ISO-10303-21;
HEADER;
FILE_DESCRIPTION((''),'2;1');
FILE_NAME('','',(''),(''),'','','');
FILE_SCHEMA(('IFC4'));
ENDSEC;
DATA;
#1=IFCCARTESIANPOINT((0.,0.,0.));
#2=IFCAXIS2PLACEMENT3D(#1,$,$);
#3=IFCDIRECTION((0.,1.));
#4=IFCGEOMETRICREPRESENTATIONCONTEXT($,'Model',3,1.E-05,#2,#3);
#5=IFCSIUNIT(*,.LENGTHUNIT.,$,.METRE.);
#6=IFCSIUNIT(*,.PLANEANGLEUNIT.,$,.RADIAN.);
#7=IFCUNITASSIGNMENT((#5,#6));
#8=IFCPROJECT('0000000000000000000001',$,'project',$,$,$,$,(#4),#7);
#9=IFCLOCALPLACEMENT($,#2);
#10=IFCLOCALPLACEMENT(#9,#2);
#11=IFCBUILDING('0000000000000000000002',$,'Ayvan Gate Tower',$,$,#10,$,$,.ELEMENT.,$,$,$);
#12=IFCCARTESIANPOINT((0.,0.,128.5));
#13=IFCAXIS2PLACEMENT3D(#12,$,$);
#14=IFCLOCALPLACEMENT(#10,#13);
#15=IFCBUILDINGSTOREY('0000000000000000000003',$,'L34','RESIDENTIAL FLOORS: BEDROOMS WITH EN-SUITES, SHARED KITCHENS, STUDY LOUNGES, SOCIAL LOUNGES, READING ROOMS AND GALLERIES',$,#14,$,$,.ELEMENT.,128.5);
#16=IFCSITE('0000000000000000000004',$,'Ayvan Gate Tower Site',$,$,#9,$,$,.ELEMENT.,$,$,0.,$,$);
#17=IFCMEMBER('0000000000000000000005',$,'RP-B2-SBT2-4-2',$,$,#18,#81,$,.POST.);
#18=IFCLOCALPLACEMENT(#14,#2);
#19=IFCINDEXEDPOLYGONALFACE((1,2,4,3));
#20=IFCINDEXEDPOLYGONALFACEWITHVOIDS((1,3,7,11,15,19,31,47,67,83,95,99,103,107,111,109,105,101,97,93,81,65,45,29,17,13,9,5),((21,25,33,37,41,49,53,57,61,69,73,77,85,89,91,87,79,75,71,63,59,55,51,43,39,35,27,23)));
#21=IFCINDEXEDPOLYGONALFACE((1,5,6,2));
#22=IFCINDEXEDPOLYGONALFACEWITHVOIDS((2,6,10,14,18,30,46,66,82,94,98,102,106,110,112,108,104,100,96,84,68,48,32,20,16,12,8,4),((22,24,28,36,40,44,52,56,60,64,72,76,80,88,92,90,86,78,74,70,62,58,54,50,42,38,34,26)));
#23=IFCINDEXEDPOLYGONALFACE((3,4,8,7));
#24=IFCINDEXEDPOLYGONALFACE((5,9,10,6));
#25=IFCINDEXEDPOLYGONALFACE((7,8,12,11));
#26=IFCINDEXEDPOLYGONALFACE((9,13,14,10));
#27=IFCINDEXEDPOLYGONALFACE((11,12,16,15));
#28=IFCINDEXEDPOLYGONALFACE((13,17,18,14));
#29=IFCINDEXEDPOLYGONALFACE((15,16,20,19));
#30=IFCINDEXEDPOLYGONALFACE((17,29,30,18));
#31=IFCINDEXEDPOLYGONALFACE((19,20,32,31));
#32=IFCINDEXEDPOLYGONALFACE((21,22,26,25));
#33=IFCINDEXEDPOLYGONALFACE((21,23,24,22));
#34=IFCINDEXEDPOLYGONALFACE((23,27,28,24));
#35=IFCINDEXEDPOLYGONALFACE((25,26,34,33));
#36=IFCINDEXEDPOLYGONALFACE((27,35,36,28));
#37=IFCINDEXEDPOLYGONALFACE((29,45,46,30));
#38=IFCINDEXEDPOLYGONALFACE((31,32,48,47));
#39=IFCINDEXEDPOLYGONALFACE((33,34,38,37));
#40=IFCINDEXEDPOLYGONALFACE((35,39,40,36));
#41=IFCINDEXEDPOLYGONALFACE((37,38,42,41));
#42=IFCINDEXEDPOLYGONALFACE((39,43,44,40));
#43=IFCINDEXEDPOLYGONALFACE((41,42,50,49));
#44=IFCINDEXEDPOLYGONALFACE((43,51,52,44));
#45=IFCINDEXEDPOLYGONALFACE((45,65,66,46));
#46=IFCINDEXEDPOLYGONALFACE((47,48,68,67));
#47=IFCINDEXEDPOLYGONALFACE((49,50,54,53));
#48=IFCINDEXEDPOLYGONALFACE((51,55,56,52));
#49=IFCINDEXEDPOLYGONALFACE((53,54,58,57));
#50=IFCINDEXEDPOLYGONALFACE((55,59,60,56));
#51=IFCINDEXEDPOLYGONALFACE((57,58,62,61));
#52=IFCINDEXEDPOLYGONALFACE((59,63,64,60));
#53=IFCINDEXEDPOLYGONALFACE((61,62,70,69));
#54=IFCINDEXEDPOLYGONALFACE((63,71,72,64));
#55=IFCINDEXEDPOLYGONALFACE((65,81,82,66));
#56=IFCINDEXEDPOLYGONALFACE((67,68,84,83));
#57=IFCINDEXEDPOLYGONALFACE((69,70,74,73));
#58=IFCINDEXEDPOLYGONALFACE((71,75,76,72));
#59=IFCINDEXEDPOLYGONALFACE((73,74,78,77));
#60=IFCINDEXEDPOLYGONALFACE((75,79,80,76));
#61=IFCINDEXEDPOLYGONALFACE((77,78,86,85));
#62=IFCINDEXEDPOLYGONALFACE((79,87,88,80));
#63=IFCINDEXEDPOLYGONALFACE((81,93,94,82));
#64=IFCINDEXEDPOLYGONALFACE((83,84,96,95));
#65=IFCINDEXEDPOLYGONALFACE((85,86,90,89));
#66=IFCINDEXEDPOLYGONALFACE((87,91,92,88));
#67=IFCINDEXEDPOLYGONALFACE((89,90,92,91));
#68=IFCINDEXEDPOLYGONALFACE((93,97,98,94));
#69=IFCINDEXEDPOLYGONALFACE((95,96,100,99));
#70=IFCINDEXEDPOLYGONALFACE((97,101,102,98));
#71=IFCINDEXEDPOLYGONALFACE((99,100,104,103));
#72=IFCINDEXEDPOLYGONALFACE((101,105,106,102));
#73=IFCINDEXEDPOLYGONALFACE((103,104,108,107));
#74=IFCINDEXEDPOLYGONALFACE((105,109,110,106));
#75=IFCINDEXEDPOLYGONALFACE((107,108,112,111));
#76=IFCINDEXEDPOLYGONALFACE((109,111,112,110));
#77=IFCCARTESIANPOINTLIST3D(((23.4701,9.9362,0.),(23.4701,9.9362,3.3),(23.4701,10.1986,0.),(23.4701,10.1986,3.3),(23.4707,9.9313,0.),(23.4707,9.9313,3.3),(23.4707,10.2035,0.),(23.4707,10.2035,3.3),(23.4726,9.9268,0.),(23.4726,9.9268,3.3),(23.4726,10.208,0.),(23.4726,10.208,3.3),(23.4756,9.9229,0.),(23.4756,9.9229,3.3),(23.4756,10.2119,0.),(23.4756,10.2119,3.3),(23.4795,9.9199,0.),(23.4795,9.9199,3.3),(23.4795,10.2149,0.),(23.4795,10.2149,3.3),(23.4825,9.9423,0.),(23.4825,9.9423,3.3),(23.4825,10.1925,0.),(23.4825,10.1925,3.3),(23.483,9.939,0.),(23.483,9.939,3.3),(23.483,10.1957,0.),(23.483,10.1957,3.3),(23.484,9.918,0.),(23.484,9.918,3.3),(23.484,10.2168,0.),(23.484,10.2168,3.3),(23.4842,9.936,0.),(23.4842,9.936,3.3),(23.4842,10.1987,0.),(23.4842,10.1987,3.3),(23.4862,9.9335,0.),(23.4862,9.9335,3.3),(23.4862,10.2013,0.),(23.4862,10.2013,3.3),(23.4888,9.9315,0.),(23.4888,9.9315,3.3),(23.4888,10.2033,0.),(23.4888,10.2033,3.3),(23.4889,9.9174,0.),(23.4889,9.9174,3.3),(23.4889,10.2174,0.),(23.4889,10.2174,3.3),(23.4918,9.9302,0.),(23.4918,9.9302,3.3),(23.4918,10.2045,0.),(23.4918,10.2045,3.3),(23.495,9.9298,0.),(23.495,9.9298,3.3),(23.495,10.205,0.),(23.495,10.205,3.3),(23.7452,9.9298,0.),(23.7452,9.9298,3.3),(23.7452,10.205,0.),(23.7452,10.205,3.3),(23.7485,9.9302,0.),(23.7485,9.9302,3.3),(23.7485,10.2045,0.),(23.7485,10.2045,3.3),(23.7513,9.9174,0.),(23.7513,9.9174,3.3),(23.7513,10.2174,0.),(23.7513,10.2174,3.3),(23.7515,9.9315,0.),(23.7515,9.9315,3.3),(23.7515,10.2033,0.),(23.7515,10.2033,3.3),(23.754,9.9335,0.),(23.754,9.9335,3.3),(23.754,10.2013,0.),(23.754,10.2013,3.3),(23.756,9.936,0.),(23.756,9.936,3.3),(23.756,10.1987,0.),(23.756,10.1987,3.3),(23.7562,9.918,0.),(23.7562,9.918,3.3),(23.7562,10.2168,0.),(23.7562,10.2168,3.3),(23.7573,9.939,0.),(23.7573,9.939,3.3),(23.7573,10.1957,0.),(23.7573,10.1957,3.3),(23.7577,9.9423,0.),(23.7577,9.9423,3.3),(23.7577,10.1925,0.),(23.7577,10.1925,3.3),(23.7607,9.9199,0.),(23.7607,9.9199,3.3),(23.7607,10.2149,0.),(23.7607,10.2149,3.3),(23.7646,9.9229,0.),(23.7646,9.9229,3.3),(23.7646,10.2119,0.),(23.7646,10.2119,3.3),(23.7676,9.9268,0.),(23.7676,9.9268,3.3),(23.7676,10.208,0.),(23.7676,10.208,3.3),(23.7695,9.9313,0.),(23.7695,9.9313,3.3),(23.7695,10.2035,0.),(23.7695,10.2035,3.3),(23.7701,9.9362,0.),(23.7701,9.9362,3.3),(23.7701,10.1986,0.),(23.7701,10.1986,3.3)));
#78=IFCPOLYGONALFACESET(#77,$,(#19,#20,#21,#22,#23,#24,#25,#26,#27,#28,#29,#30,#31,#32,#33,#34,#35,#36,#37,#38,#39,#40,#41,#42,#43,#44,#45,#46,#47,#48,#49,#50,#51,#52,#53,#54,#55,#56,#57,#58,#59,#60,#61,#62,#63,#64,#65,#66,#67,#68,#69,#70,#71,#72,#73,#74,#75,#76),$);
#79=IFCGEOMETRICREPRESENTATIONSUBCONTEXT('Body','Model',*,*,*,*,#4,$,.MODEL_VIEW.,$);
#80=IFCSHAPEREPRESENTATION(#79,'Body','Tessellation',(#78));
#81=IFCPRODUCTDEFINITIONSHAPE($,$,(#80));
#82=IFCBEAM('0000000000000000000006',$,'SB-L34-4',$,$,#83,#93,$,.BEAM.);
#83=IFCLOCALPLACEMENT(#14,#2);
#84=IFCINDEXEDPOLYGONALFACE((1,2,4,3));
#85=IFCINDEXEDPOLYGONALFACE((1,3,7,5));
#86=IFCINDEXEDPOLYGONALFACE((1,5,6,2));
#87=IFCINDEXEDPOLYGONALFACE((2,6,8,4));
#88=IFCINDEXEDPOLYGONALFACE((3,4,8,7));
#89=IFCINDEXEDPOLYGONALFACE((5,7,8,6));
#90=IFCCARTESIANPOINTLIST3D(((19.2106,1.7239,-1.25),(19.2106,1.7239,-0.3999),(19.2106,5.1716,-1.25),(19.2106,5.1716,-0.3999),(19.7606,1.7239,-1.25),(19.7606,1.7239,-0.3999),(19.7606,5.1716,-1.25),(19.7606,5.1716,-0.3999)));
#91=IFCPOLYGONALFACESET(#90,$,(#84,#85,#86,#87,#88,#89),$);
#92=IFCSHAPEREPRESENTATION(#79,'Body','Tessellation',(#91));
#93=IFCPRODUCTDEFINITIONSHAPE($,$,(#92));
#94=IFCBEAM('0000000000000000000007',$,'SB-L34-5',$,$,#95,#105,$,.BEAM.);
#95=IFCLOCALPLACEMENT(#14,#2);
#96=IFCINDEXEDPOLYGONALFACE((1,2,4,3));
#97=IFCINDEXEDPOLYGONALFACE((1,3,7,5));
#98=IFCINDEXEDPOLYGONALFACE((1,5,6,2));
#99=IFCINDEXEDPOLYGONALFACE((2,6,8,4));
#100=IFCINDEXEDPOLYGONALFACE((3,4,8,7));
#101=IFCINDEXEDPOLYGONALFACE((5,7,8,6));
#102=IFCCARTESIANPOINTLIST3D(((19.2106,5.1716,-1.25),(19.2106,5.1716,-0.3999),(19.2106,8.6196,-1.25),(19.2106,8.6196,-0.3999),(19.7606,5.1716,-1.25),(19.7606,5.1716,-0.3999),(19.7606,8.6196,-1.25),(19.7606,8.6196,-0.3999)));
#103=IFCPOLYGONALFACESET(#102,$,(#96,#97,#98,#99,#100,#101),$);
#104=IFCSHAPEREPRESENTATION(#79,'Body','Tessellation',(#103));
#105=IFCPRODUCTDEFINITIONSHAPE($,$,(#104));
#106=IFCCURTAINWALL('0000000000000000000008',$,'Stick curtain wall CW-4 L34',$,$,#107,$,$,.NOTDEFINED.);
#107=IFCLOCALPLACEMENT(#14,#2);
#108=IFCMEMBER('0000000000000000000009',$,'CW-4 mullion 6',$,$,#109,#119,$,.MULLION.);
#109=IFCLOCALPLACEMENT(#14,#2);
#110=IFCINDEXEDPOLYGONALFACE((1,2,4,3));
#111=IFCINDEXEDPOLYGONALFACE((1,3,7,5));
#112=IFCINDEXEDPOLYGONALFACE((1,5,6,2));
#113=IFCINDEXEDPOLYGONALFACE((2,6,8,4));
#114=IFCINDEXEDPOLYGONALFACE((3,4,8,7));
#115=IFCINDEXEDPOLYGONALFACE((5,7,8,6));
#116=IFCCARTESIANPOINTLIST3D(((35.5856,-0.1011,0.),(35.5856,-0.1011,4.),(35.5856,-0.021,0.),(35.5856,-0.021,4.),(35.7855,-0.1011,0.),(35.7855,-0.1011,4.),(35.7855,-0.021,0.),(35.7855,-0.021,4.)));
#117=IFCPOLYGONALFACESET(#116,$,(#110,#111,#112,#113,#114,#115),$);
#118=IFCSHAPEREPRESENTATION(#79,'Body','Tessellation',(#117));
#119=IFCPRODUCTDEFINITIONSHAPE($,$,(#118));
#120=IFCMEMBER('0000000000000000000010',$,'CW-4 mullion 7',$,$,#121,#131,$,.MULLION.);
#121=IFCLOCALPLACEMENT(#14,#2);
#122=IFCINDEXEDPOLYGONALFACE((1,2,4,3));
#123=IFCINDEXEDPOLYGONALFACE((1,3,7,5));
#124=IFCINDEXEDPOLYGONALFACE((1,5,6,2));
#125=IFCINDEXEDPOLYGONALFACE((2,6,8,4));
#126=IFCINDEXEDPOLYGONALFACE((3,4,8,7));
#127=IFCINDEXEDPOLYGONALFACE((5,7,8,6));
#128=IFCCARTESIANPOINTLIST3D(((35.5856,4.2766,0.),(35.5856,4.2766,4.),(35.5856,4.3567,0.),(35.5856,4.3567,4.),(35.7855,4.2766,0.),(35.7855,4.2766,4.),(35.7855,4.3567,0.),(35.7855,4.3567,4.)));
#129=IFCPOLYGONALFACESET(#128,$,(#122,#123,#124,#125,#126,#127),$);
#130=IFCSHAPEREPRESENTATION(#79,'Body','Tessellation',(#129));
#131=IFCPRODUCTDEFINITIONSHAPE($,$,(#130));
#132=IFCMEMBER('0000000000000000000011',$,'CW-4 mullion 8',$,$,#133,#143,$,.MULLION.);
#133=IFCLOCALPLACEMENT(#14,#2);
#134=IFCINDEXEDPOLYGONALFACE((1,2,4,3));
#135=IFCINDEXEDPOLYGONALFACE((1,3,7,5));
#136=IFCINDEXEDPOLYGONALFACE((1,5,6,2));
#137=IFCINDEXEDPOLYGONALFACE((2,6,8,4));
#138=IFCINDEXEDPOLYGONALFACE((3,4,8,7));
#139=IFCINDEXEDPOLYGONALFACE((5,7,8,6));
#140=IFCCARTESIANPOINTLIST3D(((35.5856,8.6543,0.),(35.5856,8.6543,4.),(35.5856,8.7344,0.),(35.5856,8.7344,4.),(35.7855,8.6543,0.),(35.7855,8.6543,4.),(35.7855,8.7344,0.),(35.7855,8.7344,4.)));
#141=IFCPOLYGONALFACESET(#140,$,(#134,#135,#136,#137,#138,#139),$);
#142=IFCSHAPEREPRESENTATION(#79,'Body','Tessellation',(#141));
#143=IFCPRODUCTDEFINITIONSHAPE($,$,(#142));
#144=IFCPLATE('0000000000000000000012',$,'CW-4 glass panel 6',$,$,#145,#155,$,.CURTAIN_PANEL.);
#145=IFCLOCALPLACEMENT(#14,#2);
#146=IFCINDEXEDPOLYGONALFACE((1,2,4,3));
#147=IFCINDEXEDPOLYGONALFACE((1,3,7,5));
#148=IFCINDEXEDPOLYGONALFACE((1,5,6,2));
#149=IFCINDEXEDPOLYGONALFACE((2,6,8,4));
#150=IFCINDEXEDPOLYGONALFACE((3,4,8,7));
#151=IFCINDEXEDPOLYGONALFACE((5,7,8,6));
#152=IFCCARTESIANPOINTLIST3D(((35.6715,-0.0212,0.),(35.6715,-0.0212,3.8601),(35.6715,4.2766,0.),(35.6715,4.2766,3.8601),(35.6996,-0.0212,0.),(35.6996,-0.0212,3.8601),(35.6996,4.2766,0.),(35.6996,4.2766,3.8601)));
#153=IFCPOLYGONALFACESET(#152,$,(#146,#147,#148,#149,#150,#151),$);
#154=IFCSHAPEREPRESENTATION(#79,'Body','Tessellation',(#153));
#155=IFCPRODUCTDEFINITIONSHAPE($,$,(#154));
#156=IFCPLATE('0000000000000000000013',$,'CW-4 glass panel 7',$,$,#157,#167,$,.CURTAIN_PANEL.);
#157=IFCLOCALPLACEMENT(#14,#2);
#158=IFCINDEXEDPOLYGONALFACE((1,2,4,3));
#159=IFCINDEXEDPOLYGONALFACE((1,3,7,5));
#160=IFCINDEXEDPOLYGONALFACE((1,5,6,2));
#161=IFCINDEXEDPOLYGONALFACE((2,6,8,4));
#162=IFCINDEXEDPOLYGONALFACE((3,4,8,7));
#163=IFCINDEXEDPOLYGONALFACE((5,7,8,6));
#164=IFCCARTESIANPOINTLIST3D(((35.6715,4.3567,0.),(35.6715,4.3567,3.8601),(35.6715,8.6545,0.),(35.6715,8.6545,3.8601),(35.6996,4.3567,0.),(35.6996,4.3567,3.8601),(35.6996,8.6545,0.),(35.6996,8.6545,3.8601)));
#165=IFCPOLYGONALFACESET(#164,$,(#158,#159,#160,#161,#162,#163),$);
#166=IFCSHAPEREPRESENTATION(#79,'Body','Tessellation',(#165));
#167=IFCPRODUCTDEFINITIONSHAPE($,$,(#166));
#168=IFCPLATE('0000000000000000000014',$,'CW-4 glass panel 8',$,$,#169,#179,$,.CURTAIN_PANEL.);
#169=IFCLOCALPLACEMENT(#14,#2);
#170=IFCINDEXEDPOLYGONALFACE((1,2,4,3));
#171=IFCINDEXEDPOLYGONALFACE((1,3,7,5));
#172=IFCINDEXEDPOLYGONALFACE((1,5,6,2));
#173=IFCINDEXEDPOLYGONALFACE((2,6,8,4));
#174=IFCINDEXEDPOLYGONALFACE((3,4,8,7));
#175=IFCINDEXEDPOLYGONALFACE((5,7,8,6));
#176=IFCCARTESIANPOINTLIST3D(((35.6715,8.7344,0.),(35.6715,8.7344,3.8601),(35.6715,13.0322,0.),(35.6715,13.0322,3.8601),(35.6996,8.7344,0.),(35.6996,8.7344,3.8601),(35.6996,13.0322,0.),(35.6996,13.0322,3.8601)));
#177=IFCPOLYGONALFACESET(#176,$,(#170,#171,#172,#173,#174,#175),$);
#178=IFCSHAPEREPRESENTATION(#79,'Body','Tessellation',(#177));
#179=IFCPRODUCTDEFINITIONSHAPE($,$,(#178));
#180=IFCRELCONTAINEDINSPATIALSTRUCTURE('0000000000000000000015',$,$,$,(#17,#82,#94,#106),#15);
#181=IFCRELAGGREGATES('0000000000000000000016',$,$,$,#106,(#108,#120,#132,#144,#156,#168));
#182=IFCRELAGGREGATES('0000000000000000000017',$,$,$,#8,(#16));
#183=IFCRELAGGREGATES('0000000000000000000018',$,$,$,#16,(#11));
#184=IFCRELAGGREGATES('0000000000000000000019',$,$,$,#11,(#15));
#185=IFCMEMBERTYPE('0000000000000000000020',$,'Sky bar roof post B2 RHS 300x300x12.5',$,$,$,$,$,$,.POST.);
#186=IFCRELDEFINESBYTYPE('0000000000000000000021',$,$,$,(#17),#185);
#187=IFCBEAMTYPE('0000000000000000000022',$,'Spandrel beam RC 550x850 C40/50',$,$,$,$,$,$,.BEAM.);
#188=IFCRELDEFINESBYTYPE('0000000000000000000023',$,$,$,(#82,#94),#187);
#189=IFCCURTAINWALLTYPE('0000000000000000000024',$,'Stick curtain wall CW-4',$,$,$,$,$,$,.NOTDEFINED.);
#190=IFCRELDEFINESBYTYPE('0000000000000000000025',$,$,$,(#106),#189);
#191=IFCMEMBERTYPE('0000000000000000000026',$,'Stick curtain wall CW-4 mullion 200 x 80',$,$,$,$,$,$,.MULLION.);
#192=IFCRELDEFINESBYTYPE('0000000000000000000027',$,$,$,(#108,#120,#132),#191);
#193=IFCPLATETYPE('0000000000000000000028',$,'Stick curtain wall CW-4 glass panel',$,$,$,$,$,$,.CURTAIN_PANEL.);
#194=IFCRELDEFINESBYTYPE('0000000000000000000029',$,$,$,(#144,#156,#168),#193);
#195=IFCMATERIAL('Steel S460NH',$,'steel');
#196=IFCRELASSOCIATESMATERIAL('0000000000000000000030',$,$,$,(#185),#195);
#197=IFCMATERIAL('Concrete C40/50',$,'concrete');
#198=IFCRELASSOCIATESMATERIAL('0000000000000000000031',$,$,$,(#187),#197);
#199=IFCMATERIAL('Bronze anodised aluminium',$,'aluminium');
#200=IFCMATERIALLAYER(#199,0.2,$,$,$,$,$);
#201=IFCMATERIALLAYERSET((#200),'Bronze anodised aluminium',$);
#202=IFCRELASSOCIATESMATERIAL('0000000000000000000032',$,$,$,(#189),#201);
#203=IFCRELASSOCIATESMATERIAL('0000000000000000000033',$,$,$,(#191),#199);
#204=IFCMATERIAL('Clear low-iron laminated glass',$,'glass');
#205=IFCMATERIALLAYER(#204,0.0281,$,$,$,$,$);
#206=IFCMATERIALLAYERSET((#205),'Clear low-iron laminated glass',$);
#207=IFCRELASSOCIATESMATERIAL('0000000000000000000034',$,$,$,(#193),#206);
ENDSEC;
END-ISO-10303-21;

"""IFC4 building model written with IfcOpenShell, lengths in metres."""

from ifc_helpers import new_model, si_unit, direction, frame, origin, origin_2d, place, context, subcontext, project, spatial, rectangle, hollow_rectangle, extrude, material, layer, layer_set, material_profile, profile_set, type_object, element, aggregate, save


model = new_model("IFC4")

# Units and contexts
model_context = context("Model", 3, precision=1e-05, world=origin(), true_north=direction((0.0, 1.0)))
body_context = subcontext(model_context, "Body", "Model", "MODEL_VIEW")
ifc_project = project(units=[si_unit("LENGTHUNIT", "METRE"), si_unit("PLANEANGLEUNIT", "RADIAN")], contexts=[model_context])

# Site, building, storey
site_placement = place(None, origin())
site = spatial("IfcSite", under=ifc_project, at=site_placement, Name="Ayvan Gate Tower Site", CompositionType="ELEMENT", RefElevation=0.0)
building_placement = place(site_placement, origin())
building = spatial("IfcBuilding", under=site, at=building_placement, Name="Ayvan Gate Tower", CompositionType="ELEMENT")
storey_placement = place(building_placement, frame((0.0, 0.0, 128.5)))
storey = spatial("IfcBuildingStorey", under=building, at=storey_placement, Name="L34", Description="RESIDENTIAL FLOORS: BEDROOMS WITH EN-SUITES, SHARED KITCHENS, STUDY LOUNGES, SOCIAL LOUNGES, READING ROOMS AND GALLERIES", CompositionType="ELEMENT", Elevation=128.5)

# Shared definitions
ifc_material_1 = material(Name="Concrete C40/50", Category="concrete")

# Member
ifc_material_2 = material(Name="Steel S460NH", Category="steel")
ifc_material_profile_1 = material_profile(ifc_material_2, hollow_rectangle(XDim=0.3, YDim=0.3, WallThickness=0.0125, InnerFilletRadius=0.0125, OuterFilletRadius=0.0188, at=origin_2d()), Name="RHS 300x300x12.5")
ifc_profile_set_1 = profile_set([ifc_material_profile_1], Name="Steel S460NH")
member_type_1 = type_object("IfcMemberType", Name="Sky bar roof post B2 RHS 300x300x12.5", PredefinedType="POST", material=ifc_profile_set_1)
for number, where, z_axis, x_axis, name in (
    (1, (23.6201, 10.0674, 0.0), (0.0, 0.0, 1.0), (1.0, 0.0, 0.0), "RP-B2-SBT2-4-2"),
):
    element("IfcMember", number, at=place(storey_placement, frame(where, z_axis=z_axis, x_axis=x_axis)), inside=storey, type_object=member_type_1, Name=name, PredefinedType="POST", context=body_context, shape_type="SweptSolid", body=[
        extrude(hollow_rectangle(XDim=0.3, YDim=0.3, WallThickness=0.0125, InnerFilletRadius=0.0125, OuterFilletRadius=0.0188, at=origin_2d()), origin(), (0.0, 0.0, 1.0), 3.3),
    ])

# Beams
ifc_material_profile_2 = material_profile(ifc_material_1, rectangle(XDim=0.55, YDim=0.8501, at=origin_2d()), Name="RC 550x850")
ifc_profile_set_2 = profile_set([ifc_material_profile_2], Name="Concrete C40/50")
beam_type_1 = type_object("IfcBeamType", Name="Spandrel beam RC 550x850 C40/50", PredefinedType="BEAM", material=ifc_profile_set_2)
beam_1_placement = place(storey_placement, frame((19.4856, 1.7239, -0.825), z_axis=(0.0, 1.0, 0.0), x_axis=(-1.0, 0.0, 0.0)))
element("IfcBeam", 2, at=beam_1_placement, inside=storey, type_object=beam_type_1, Name="SB-L34-4", PredefinedType="BEAM", context=body_context, shape_type="SweptSolid", body=[
    extrude(rectangle(XDim=0.55, YDim=0.8501, at=origin_2d()), origin(), (0.0, 0.0, 1.0), 3.4478),
])
beam_2_placement = place(storey_placement, frame((19.4856, 5.1716, -0.825), z_axis=(0.0, 1.0, 0.0), x_axis=(-1.0, 0.0, 0.0)))
element("IfcBeam", 3, at=beam_2_placement, inside=storey, type_object=beam_type_1, Name="SB-L34-5", PredefinedType="BEAM", context=body_context, shape_type="SweptSolid", body=[
    extrude(rectangle(XDim=0.55, YDim=0.8501, at=origin_2d()), origin(), (0.0, 0.0, 1.0), 3.448),
])

# Curtain wall, members, plates
ifc_material_3 = material(Name="Bronze anodised aluminium", Category="aluminium")
ifc_layer_1 = layer(ifc_material_3, 0.2)
ifc_layer_set_1 = layer_set([ifc_layer_1], Name="Bronze anodised aluminium")
curtain_wall_type = type_object("IfcCurtainWallType", Name="Stick curtain wall CW-4", PredefinedType="NOTDEFINED", material=ifc_layer_set_1)
curtain_wall_placement = place(storey_placement, origin())
curtain_wall = element("IfcCurtainWall", 4, at=curtain_wall_placement, inside=storey, type_object=curtain_wall_type, Name="Stick curtain wall CW-4 L34", PredefinedType="NOTDEFINED")
ifc_material_profile_3 = material_profile(ifc_material_3, rectangle(XDim=0.2, YDim=0.0801, at=origin_2d()), Name="Stick curtain wall CW-4 mullion 200 x 80")
ifc_profile_set_3 = profile_set([ifc_material_profile_3], Name="Bronze anodised aluminium")
member_type_2 = type_object("IfcMemberType", Name="Stick curtain wall CW-4 mullion 200 x 80", PredefinedType="MULLION", material=ifc_profile_set_3)
member_1_placement = place(storey_placement, frame((35.6855, -0.061, 0.0), z_axis=(0.0, 0.0, 1.0), x_axis=(1.0, 0.0, 0.0)))
member_1 = element("IfcMember", 5, at=member_1_placement, type_object=member_type_2, Name="CW-4 mullion 6", PredefinedType="MULLION", context=body_context, shape_type="SweptSolid", body=[
    extrude(rectangle(XDim=0.2, YDim=0.0801, at=origin_2d()), origin(), (0.0, 0.0, 1.0), 4.0),
])
member_2_placement = place(storey_placement, frame((35.6855, 4.3167, 0.0), z_axis=(0.0, 0.0, 1.0), x_axis=(1.0, 0.0, 0.0)))
member_2 = element("IfcMember", 6, at=member_2_placement, type_object=member_type_2, Name="CW-4 mullion 7", PredefinedType="MULLION", context=body_context, shape_type="SweptSolid", body=[
    extrude(rectangle(XDim=0.2, YDim=0.0801, at=origin_2d()), origin(), (0.0, 0.0, 1.0), 4.0),
])
member_3_placement = place(storey_placement, frame((35.6855, 8.6943, 0.0), z_axis=(0.0, 0.0, 1.0), x_axis=(1.0, 0.0, 0.0)))
member_3 = element("IfcMember", 7, at=member_3_placement, type_object=member_type_2, Name="CW-4 mullion 8", PredefinedType="MULLION", context=body_context, shape_type="SweptSolid", body=[
    extrude(rectangle(XDim=0.2, YDim=0.0801, at=origin_2d()), origin(), (0.0, 0.0, 1.0), 4.0),
])
ifc_material_4 = material(Name="Clear low-iron laminated glass", Category="glass")
ifc_layer_2 = layer(ifc_material_4, 0.0281)
ifc_layer_set_2 = layer_set([ifc_layer_2], Name="Clear low-iron laminated glass")
plate_type = type_object("IfcPlateType", Name="Stick curtain wall CW-4 glass panel", PredefinedType="CURTAIN_PANEL", material=ifc_layer_set_2)
plate_1_placement = place(storey_placement, frame((35.6855, 2.1277, 0.0), z_axis=(0.0, 0.0, 1.0), x_axis=(0.0, 1.0, 0.0)))
plate_1 = element("IfcPlate", 8, at=plate_1_placement, type_object=plate_type, Name="CW-4 glass panel 6", PredefinedType="CURTAIN_PANEL", context=body_context, shape_type="SweptSolid", body=[
    extrude(rectangle(XDim=4.2979, YDim=0.0281, at=origin_2d()), origin(), (0.0, 0.0, 1.0), 3.8601),
])
plate_2_placement = place(storey_placement, frame((35.6855, 6.5056, 0.0), z_axis=(0.0, 0.0, 1.0), x_axis=(0.0, 1.0, 0.0)))
plate_2 = element("IfcPlate", 9, at=plate_2_placement, type_object=plate_type, Name="CW-4 glass panel 7", PredefinedType="CURTAIN_PANEL", context=body_context, shape_type="SweptSolid", body=[
    extrude(rectangle(XDim=4.2979, YDim=0.0281, at=origin_2d()), origin(), (0.0, 0.0, 1.0), 3.8601),
])
plate_3_placement = place(storey_placement, frame((35.6855, 10.8833, 0.0), z_axis=(0.0, 0.0, 1.0), x_axis=(0.0, 1.0, 0.0)))
plate_3 = element("IfcPlate", 10, at=plate_3_placement, type_object=plate_type, Name="CW-4 glass panel 8", PredefinedType="CURTAIN_PANEL", context=body_context, shape_type="SweptSolid", body=[
    extrude(rectangle(XDim=4.2979, YDim=0.0281, at=origin_2d()), origin(), (0.0, 0.0, 1.0), 3.8601),
])
aggregate(curtain_wall, [member_1, member_2, member_3, plate_1, plate_2, plate_3])

save(model, "model.ifc")
